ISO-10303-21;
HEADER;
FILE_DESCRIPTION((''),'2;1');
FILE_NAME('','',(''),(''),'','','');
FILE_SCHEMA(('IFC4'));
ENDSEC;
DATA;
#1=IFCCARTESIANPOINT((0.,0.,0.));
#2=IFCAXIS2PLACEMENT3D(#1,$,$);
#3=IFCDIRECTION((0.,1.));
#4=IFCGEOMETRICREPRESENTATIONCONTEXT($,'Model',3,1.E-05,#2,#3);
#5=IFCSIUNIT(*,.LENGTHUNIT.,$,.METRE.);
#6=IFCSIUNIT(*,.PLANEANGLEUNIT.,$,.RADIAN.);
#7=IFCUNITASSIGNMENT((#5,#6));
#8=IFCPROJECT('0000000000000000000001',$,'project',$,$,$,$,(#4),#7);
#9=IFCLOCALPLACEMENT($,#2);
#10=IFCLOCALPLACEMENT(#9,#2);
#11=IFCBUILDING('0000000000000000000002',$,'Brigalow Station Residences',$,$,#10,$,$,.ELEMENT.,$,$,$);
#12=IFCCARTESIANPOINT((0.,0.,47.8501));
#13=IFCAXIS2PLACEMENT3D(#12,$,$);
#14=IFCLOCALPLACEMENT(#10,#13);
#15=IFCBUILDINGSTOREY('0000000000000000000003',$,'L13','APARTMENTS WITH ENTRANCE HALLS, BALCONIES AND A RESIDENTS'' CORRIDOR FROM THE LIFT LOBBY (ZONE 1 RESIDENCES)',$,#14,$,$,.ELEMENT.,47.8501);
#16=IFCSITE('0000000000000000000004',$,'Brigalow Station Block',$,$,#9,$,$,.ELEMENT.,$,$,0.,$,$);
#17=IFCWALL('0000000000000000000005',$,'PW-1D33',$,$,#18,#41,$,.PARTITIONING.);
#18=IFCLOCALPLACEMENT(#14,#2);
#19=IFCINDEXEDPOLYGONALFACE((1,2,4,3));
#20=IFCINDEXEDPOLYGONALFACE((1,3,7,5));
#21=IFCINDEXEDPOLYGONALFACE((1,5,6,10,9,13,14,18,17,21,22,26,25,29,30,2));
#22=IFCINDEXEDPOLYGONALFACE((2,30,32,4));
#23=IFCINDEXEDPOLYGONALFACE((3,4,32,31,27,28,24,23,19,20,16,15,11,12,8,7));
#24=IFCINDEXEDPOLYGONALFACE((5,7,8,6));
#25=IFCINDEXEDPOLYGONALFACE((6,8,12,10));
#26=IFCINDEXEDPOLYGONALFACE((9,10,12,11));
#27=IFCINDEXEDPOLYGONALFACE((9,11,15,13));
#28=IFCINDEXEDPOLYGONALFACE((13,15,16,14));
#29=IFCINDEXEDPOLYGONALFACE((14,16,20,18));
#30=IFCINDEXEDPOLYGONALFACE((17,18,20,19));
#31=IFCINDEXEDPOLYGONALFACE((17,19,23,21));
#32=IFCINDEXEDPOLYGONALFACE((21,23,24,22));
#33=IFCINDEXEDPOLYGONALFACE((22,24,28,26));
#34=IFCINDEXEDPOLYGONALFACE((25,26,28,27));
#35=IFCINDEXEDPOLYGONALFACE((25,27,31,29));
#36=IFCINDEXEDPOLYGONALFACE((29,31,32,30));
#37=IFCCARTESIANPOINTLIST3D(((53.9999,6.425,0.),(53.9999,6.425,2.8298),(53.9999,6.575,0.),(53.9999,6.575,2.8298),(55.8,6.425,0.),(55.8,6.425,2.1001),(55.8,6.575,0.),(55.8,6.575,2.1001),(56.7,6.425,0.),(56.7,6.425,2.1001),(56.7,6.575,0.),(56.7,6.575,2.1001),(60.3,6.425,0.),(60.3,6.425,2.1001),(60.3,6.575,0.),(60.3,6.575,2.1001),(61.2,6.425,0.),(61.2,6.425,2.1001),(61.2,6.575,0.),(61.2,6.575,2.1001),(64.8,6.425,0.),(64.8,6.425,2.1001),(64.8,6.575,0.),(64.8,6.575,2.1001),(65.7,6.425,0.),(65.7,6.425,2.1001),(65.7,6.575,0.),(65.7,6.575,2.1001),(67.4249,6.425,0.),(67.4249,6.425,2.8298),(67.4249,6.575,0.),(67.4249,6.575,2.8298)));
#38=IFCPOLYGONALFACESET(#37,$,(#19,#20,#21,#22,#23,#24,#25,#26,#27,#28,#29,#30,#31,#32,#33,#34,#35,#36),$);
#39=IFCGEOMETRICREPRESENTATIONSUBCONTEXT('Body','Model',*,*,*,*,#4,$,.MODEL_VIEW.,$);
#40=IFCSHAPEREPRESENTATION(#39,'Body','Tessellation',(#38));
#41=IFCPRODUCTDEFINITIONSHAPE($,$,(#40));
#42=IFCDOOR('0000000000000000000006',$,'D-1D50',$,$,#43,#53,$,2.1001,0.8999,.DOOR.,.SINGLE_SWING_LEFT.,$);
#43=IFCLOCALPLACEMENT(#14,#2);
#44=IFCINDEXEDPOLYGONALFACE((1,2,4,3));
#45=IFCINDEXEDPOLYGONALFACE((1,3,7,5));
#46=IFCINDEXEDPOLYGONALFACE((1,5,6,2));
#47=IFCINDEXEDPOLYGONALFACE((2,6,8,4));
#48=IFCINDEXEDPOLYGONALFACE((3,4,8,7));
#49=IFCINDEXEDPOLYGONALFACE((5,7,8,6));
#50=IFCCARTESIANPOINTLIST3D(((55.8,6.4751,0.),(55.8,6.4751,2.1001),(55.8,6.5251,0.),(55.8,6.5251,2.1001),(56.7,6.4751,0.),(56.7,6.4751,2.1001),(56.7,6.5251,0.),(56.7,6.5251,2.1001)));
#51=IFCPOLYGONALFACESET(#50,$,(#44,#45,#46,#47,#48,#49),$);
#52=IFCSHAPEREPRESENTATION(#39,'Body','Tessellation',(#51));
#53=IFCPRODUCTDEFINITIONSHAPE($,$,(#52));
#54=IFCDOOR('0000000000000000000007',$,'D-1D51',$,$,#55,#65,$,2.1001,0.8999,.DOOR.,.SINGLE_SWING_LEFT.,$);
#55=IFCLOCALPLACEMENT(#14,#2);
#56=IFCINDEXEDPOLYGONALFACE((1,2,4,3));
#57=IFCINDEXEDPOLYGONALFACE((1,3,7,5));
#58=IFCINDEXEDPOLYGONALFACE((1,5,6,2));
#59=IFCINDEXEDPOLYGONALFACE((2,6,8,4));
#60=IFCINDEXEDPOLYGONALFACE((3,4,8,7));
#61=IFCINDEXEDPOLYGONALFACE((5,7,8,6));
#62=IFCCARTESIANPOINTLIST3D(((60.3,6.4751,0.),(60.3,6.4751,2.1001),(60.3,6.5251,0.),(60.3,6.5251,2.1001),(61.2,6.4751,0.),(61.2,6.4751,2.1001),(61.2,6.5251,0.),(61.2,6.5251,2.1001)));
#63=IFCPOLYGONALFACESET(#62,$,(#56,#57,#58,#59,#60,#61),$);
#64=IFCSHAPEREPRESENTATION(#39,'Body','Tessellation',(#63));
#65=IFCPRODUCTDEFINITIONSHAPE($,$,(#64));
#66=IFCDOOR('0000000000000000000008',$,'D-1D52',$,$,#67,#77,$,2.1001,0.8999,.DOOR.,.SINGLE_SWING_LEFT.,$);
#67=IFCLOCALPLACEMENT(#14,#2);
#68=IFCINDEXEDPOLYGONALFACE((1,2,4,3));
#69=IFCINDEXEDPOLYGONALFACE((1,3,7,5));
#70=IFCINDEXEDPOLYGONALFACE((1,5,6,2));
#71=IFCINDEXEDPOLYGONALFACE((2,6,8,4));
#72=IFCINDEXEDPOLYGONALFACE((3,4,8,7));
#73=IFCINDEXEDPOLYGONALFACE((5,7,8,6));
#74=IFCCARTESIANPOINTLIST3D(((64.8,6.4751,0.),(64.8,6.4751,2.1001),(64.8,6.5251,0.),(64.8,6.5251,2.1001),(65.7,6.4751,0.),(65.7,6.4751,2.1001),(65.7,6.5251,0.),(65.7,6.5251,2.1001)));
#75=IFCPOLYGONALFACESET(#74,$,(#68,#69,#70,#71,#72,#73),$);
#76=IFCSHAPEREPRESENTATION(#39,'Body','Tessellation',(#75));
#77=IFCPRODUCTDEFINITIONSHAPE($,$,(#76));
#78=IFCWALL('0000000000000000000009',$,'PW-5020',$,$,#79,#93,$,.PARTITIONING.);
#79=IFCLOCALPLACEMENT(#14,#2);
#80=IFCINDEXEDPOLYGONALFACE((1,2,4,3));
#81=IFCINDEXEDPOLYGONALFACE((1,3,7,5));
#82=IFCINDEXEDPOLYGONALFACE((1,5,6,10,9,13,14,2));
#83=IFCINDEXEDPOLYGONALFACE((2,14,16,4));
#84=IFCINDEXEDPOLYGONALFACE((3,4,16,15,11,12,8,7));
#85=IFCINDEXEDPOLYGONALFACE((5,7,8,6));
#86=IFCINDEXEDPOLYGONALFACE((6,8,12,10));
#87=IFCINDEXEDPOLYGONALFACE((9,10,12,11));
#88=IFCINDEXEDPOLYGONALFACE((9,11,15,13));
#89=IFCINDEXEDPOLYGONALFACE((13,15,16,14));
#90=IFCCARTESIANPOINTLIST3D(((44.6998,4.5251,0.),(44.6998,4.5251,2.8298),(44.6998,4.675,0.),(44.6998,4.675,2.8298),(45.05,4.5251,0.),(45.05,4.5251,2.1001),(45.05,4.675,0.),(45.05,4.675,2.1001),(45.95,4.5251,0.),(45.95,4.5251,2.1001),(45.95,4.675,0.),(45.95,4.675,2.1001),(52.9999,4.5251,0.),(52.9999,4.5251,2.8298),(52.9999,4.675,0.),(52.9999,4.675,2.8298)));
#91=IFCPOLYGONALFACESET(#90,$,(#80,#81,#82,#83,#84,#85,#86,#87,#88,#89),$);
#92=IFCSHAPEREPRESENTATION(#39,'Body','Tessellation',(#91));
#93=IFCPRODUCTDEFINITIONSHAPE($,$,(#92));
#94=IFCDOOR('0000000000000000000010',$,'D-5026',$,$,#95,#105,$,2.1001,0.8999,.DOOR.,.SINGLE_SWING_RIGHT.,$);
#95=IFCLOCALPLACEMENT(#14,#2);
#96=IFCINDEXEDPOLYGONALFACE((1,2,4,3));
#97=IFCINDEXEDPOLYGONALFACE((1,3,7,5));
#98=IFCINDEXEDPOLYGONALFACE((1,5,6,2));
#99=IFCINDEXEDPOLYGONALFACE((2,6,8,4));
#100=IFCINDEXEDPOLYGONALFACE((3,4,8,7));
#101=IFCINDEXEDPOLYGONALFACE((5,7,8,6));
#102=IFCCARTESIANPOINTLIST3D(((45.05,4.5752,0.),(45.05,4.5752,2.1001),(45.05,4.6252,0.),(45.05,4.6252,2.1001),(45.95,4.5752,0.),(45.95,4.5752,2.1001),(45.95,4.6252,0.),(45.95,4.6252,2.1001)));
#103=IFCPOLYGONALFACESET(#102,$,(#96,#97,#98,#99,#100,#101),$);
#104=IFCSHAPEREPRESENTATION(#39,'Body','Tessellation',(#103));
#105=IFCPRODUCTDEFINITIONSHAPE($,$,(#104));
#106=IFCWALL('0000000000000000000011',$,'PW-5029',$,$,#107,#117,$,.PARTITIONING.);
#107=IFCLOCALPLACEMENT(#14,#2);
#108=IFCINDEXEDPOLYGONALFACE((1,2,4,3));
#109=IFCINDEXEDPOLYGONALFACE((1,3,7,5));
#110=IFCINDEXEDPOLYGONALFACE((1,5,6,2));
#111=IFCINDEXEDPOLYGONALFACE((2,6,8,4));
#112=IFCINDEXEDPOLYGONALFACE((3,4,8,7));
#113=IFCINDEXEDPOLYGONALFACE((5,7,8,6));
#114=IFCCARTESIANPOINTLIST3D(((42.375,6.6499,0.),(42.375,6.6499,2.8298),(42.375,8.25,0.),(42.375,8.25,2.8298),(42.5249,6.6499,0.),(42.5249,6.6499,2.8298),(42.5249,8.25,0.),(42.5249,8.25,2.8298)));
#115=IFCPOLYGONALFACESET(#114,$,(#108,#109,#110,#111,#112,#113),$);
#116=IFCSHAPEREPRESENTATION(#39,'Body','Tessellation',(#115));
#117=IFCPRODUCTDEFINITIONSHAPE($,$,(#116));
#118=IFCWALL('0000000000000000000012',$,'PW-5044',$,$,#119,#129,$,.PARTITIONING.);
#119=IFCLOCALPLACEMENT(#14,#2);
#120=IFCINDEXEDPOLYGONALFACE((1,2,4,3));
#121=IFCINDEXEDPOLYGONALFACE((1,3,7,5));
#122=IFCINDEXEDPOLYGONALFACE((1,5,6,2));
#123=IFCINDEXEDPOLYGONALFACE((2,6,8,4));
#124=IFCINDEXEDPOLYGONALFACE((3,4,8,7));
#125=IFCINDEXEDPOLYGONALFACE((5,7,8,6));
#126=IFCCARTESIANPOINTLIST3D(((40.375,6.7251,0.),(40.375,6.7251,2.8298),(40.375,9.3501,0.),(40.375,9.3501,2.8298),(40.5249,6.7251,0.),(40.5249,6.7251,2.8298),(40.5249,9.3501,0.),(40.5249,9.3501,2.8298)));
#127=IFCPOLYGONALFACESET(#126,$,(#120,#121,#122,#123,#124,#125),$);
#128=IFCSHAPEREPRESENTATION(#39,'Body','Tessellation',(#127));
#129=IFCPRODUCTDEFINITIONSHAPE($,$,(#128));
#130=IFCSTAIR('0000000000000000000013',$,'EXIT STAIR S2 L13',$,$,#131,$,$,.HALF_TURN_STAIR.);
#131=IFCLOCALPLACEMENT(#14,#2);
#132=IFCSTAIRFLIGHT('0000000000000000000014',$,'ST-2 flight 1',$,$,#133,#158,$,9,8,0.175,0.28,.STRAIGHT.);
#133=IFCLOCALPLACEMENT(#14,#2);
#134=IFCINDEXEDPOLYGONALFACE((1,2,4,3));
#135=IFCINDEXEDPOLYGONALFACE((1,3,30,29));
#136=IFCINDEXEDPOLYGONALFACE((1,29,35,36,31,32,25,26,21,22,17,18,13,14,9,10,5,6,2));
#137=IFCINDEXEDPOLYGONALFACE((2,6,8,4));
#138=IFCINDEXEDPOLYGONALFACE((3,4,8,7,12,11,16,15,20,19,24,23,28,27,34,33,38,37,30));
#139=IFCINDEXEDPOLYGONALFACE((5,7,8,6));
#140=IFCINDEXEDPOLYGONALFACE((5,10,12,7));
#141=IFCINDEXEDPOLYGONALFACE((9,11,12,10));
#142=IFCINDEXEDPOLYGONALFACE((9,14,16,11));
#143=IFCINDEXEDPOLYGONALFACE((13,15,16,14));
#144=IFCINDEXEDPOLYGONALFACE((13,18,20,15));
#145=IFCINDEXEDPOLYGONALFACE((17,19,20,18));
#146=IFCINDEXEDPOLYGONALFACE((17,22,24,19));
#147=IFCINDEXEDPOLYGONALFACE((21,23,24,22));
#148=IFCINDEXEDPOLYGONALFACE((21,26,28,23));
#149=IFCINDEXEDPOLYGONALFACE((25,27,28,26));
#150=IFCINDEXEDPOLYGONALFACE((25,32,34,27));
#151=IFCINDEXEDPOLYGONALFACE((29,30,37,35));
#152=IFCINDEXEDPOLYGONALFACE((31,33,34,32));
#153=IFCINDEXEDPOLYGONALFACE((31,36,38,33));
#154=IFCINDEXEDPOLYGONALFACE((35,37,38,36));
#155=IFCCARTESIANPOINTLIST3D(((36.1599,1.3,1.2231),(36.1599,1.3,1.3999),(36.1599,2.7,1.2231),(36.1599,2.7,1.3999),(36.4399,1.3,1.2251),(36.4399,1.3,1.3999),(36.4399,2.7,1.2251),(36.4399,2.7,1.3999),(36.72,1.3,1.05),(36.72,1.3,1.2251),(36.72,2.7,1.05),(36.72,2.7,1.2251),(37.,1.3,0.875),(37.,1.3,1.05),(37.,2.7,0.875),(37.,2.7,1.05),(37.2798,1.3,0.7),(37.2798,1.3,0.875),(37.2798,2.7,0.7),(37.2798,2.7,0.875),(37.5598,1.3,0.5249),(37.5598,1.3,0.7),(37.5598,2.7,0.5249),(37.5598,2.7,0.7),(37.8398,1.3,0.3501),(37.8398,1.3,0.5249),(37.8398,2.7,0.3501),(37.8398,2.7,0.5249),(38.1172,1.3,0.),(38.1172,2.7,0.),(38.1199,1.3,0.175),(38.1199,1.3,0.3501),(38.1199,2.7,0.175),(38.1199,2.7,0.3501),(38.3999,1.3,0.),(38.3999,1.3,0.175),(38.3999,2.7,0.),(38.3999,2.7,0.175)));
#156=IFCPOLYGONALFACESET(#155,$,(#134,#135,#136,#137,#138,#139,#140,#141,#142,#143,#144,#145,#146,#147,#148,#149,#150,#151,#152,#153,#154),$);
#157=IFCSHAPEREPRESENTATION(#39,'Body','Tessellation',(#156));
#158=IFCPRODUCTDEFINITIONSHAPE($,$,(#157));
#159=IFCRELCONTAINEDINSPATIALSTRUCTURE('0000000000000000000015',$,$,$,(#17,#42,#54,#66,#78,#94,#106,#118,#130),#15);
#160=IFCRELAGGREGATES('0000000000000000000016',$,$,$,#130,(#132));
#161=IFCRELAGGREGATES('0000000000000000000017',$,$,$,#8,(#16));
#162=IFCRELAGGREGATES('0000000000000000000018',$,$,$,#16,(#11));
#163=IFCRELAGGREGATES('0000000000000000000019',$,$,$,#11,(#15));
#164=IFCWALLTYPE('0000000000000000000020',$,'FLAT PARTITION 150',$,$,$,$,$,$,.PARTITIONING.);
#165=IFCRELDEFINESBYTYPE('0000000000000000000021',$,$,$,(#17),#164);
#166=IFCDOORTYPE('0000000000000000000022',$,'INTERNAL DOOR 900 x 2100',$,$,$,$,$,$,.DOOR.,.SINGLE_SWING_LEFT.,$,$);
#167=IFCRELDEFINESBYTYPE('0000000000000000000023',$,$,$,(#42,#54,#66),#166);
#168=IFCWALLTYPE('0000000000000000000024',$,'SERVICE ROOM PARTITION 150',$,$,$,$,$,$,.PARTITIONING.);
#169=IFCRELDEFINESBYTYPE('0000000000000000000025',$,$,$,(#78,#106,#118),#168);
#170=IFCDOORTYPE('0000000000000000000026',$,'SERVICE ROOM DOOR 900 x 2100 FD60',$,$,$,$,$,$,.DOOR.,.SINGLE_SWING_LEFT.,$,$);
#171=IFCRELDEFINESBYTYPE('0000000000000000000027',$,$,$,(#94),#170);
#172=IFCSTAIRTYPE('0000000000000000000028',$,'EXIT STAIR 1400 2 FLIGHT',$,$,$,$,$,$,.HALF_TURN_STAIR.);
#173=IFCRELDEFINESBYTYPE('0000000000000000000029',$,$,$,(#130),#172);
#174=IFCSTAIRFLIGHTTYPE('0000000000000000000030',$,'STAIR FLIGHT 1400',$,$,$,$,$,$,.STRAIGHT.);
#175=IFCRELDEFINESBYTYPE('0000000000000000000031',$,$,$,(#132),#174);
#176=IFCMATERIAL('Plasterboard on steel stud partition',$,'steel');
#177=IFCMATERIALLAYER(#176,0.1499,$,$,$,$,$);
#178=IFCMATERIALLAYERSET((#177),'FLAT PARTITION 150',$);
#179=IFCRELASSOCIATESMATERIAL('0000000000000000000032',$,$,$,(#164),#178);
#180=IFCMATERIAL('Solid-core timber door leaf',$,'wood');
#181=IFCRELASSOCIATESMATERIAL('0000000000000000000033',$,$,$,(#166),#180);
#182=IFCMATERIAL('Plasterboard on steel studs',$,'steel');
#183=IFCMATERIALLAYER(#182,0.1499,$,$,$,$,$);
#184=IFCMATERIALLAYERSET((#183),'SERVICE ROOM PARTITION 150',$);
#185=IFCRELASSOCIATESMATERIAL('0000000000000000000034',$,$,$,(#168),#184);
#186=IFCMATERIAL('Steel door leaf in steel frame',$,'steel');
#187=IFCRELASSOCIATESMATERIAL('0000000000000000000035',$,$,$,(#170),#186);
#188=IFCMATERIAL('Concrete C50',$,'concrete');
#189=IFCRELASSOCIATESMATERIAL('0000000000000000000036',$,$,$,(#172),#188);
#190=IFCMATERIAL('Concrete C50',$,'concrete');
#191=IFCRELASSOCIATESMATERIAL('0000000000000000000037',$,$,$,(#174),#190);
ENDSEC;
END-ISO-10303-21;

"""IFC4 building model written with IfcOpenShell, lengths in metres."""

from ifc_helpers import new_model, si_unit, direction, frame, frame_2d, origin, place, context, subcontext, project, spatial, polyline, rectangle, outline, extrude, material, layer, layer_set, type_object, element, fill, aggregate, save


model = new_model("IFC4")

# Units and contexts
model_context = context("Model", 3, precision=1e-05, world=origin(), true_north=direction((0.0, 1.0)))
body_context = subcontext(model_context, "Body", "Model", "MODEL_VIEW")
ifc_project = project(units=[si_unit("LENGTHUNIT", "METRE"), si_unit("PLANEANGLEUNIT", "RADIAN")], contexts=[model_context])

# Site, building, storey
site_placement = place(None, origin())
site = spatial("IfcSite", under=ifc_project, at=site_placement, Name="Brigalow Station Block", CompositionType="ELEMENT", RefElevation=0.0)
building_placement = place(site_placement, origin())
building = spatial("IfcBuilding", under=site, at=building_placement, Name="Brigalow Station Residences", CompositionType="ELEMENT")
storey_placement = place(building_placement, frame((0.0, 0.0, 47.8501)))
storey = spatial("IfcBuildingStorey", under=building, at=storey_placement, Name="L13", Description="APARTMENTS WITH ENTRANCE HALLS, BALCONIES AND A RESIDENTS' CORRIDOR FROM THE LIFT LOBBY (ZONE 1 RESIDENCES)", CompositionType="ELEMENT", Elevation=47.8501)

# Wall, openings, doors
ifc_material_1 = material(Name="Plasterboard on steel stud partition", Category="steel")
ifc_layer_1 = layer(ifc_material_1, 0.1499)
ifc_layer_set_1 = layer_set([ifc_layer_1], Name="FLAT PARTITION 150")
wall_type_1 = type_object("IfcWallType", Name="FLAT PARTITION 150", PredefinedType="PARTITIONING", material=ifc_layer_set_1)
wall_1_placement = place(storey_placement, frame((54.0, 6.5, 0.0), z_axis=(0.0, 0.0, 1.0), x_axis=(1.0, 0.0, 0.0)))
wall_1 = element("IfcWall", 1, at=wall_1_placement, inside=storey, type_object=wall_type_1, Name="PW-1D33", PredefinedType="PARTITIONING", context=body_context, shape_type="SweptSolid", body=[
    extrude(rectangle(XDim=13.425, YDim=0.1499, at=frame_2d((6.7124, 0.0))), origin(), (0.0, 0.0, 1.0), 2.8298),
])
opening_1_placement = place(wall_1_placement, frame((1.8, 0.0, 0.0)))
opening_1 = element("IfcOpeningElement", 2, at=opening_1_placement, cuts=wall_1, PredefinedType="OPENING", context=body_context, shape_type="SweptSolid", body=[
    extrude(rectangle(XDim=0.8999, YDim=2.1001, at=frame_2d((0.45, 1.05))), frame((0.0, 0.085, 0.0), z_axis=(0.0, -1.0, 0.0), x_axis=(1.0, 0.0, 0.0)), (0.0, 0.0, 1.0), 0.1699),
])
opening_2_placement = place(wall_1_placement, frame((6.3, 0.0, 0.0)))
opening_2 = element("IfcOpeningElement", 3, at=opening_2_placement, cuts=wall_1, PredefinedType="OPENING", context=body_context, shape_type="SweptSolid", body=[
    extrude(rectangle(XDim=0.8999, YDim=2.1001, at=frame_2d((0.45, 1.05))), frame((0.0, 0.085, 0.0), z_axis=(0.0, -1.0, 0.0), x_axis=(1.0, 0.0, 0.0)), (0.0, 0.0, 1.0), 0.1699),
])
opening_3_placement = place(wall_1_placement, frame((10.8, 0.0, 0.0)))
opening_3 = element("IfcOpeningElement", 4, at=opening_3_placement, cuts=wall_1, PredefinedType="OPENING", context=body_context, shape_type="SweptSolid", body=[
    extrude(rectangle(XDim=0.8999, YDim=2.1001, at=frame_2d((0.45, 1.05))), frame((0.0, 0.085, 0.0), z_axis=(0.0, -1.0, 0.0), x_axis=(1.0, 0.0, 0.0)), (0.0, 0.0, 1.0), 0.1699),
])
ifc_material_2 = material(Name="Solid-core timber door leaf", Category="wood")
door_type_1 = type_object("IfcDoorType", Name="INTERNAL DOOR 900 x 2100", OperationType="SINGLE_SWING_LEFT", PredefinedType="DOOR", material=ifc_material_2)
door_1_placement = place(opening_1_placement, frame((0.8999, 0.0, 0.0), z_axis=(0.0, 0.0, 1.0), x_axis=(-1.0, 0.0, 0.0)))
door_1 = element("IfcDoor", 5, at=door_1_placement, inside=storey, type_object=door_type_1, Name="D-1D50", OperationType="SINGLE_SWING_LEFT", OverallHeight=2.1001, OverallWidth=0.8999, PredefinedType="DOOR", context=body_context, shape_type="SweptSolid", body=[
    extrude(rectangle(XDim=0.8999, YDim=2.1001, at=frame_2d((0.45, 1.05))), frame((0.0, 0.0249, 0.0), z_axis=(0.0, -1.0, 0.0), x_axis=(1.0, 0.0, 0.0)), (0.0, 0.0, 1.0), 0.05),
])
fill(opening_1, door_1)
door_2_placement = place(opening_2_placement, frame((0.8999, 0.0, 0.0), z_axis=(0.0, 0.0, 1.0), x_axis=(-1.0, 0.0, 0.0)))
door_2 = element("IfcDoor", 6, at=door_2_placement, inside=storey, type_object=door_type_1, Name="D-1D51", OperationType="SINGLE_SWING_LEFT", OverallHeight=2.1001, OverallWidth=0.8999, PredefinedType="DOOR", context=body_context, shape_type="SweptSolid", body=[
    extrude(rectangle(XDim=0.8999, YDim=2.1001, at=frame_2d((0.45, 1.05))), frame((0.0, 0.0249, 0.0), z_axis=(0.0, -1.0, 0.0), x_axis=(1.0, 0.0, 0.0)), (0.0, 0.0, 1.0), 0.05),
])
fill(opening_2, door_2)
door_3_placement = place(opening_3_placement, frame((0.8999, 0.0, 0.0), z_axis=(0.0, 0.0, 1.0), x_axis=(-1.0, 0.0, 0.0)))
door_3 = element("IfcDoor", 7, at=door_3_placement, inside=storey, type_object=door_type_1, Name="D-1D52", OperationType="SINGLE_SWING_LEFT", OverallHeight=2.1001, OverallWidth=0.8999, PredefinedType="DOOR", context=body_context, shape_type="SweptSolid", body=[
    extrude(rectangle(XDim=0.8999, YDim=2.1001, at=frame_2d((0.45, 1.05))), frame((0.0, 0.0249, 0.0), z_axis=(0.0, -1.0, 0.0), x_axis=(1.0, 0.0, 0.0)), (0.0, 0.0, 1.0), 0.05),
])
fill(opening_3, door_3)

# Wall, opening, door
ifc_material_3 = material(Name="Plasterboard on steel studs", Category="steel")
ifc_layer_2 = layer(ifc_material_3, 0.1499)
ifc_layer_set_2 = layer_set([ifc_layer_2], Name="SERVICE ROOM PARTITION 150")
wall_type_2 = type_object("IfcWallType", Name="SERVICE ROOM PARTITION 150", PredefinedType="PARTITIONING", material=ifc_layer_set_2)
wall_2_placement = place(storey_placement, frame((44.7, 4.6001, 0.0), z_axis=(0.0, 0.0, 1.0), x_axis=(1.0, 0.0, 0.0)))
wall_2 = element("IfcWall", 8, at=wall_2_placement, inside=storey, type_object=wall_type_2, Name="PW-5020", PredefinedType="PARTITIONING", context=body_context, shape_type="SweptSolid", body=[
    extrude(rectangle(XDim=8.3, YDim=0.1499, at=frame_2d((4.1499, 0.0))), origin(), (0.0, 0.0, 1.0), 2.8298),
])
opening_4_placement = place(wall_2_placement, frame((0.3501, 0.0, 0.0)))
opening_4 = element("IfcOpeningElement", 9, at=opening_4_placement, cuts=wall_2, PredefinedType="OPENING", context=body_context, shape_type="SweptSolid", body=[
    extrude(rectangle(XDim=0.8999, YDim=2.1001, at=frame_2d((0.45, 1.05))), frame((0.0, 0.085, 0.0), z_axis=(0.0, -1.0, 0.0), x_axis=(1.0, 0.0, 0.0)), (0.0, 0.0, 1.0), 0.1699),
])
ifc_material_4 = material(Name="Steel door leaf in steel frame", Category="steel")
door_type_2 = type_object("IfcDoorType", Name="SERVICE ROOM DOOR 900 x 2100 FD60", OperationType="SINGLE_SWING_LEFT", PredefinedType="DOOR", material=ifc_material_4)
door_4_placement = place(opening_4_placement, frame((0.8999, 0.0, 0.0), z_axis=(0.0, 0.0, 1.0), x_axis=(-1.0, 0.0, 0.0)))
door_4 = element("IfcDoor", 10, at=door_4_placement, inside=storey, type_object=door_type_2, Name="D-5026", OperationType="SINGLE_SWING_RIGHT", OverallHeight=2.1001, OverallWidth=0.8999, PredefinedType="DOOR", context=body_context, shape_type="SweptSolid", body=[
    extrude(rectangle(XDim=0.8999, YDim=2.1001, at=frame_2d((0.45, 1.05))), frame((0.0, 0.0249, 0.0), z_axis=(0.0, -1.0, 0.0), x_axis=(1.0, 0.0, 0.0)), (0.0, 0.0, 1.0), 0.05),
])
fill(opening_4, door_4)

# Walls
wall_3_placement = place(storey_placement, frame((42.45, 6.6499, 0.0), z_axis=(0.0, 0.0, 1.0), x_axis=(0.0, 1.0, 0.0)))
element("IfcWall", 11, at=wall_3_placement, inside=storey, type_object=wall_type_2, Name="PW-5029", PredefinedType="PARTITIONING", context=body_context, shape_type="SweptSolid", body=[
    extrude(rectangle(XDim=1.6001, YDim=0.1499, at=frame_2d((0.8, 0.0))), origin(), (0.0, 0.0, 1.0), 2.8298),
])
wall_4_placement = place(storey_placement, frame((40.45, 6.7251, 0.0), z_axis=(0.0, 0.0, 1.0), x_axis=(0.0, 1.0, 0.0)))
element("IfcWall", 12, at=wall_4_placement, inside=storey, type_object=wall_type_2, Name="PW-5044", PredefinedType="PARTITIONING", context=body_context, shape_type="SweptSolid", body=[
    extrude(rectangle(XDim=2.625, YDim=0.1499, at=frame_2d((1.3125, 0.0))), origin(), (0.0, 0.0, 1.0), 2.8298),
])

# Stair, stair flight
ifc_material_5 = material(Name="Concrete C50", Category="concrete")
stair_type = type_object("IfcStairType", Name="EXIT STAIR 1400 2 FLIGHT", PredefinedType="HALF_TURN_STAIR", material=ifc_material_5)
stair_placement = place(storey_placement, origin())
stair = element("IfcStair", 13, at=stair_placement, inside=storey, type_object=stair_type, Name="EXIT STAIR S2 L13", PredefinedType="HALF_TURN_STAIR")
ifc_material_6 = material(Name="Concrete C50", Category="concrete")
stair_flight_type = type_object("IfcStairFlightType", Name="STAIR FLIGHT 1400", PredefinedType="STRAIGHT", material=ifc_material_6)
stair_flight_1_placement = place(storey_placement, frame((38.3999, 2.0, 0.0), z_axis=(0.0, 0.0, 1.0), x_axis=(-1.0, 0.0, 0.0)))
stair_flight_1 = element("IfcStairFlight", 14, at=stair_flight_1_placement, type_object=stair_flight_type, Name="ST-2 flight 1", NumberOfRisers=9, NumberOfTreads=8, PredefinedType="STRAIGHT", RiserHeight=0.175, TreadLength=0.28, context=body_context, shape_type="SweptSolid", body=[
    extrude(outline(polyline([(0.0, 0.0), (0.0, 0.175), (0.28, 0.175), (0.28, 0.3501), (0.5601, 0.3501), (0.5601, 0.5249), (0.8401, 0.5249), (0.8401, 0.7), (1.1201, 0.7), (1.1201, 0.875), (1.3999, 0.875), (1.3999, 1.05), (1.6799, 1.05), (1.6799, 1.2251), (1.96, 1.2251), (1.96, 1.3999), (2.24, 1.3999), (2.24, 1.575), (2.24, 1.2231), (0.2827, 0.0), (0.0, 0.0)])), frame((0.0, 0.7, 0.0), z_axis=(0.0, -1.0, 0.0), x_axis=(1.0, 0.0, 0.0)), (0.0, 0.0, 1.0), 1.3999),
])
aggregate(stair, [stair_flight_1])

save(model, "model.ifc")
